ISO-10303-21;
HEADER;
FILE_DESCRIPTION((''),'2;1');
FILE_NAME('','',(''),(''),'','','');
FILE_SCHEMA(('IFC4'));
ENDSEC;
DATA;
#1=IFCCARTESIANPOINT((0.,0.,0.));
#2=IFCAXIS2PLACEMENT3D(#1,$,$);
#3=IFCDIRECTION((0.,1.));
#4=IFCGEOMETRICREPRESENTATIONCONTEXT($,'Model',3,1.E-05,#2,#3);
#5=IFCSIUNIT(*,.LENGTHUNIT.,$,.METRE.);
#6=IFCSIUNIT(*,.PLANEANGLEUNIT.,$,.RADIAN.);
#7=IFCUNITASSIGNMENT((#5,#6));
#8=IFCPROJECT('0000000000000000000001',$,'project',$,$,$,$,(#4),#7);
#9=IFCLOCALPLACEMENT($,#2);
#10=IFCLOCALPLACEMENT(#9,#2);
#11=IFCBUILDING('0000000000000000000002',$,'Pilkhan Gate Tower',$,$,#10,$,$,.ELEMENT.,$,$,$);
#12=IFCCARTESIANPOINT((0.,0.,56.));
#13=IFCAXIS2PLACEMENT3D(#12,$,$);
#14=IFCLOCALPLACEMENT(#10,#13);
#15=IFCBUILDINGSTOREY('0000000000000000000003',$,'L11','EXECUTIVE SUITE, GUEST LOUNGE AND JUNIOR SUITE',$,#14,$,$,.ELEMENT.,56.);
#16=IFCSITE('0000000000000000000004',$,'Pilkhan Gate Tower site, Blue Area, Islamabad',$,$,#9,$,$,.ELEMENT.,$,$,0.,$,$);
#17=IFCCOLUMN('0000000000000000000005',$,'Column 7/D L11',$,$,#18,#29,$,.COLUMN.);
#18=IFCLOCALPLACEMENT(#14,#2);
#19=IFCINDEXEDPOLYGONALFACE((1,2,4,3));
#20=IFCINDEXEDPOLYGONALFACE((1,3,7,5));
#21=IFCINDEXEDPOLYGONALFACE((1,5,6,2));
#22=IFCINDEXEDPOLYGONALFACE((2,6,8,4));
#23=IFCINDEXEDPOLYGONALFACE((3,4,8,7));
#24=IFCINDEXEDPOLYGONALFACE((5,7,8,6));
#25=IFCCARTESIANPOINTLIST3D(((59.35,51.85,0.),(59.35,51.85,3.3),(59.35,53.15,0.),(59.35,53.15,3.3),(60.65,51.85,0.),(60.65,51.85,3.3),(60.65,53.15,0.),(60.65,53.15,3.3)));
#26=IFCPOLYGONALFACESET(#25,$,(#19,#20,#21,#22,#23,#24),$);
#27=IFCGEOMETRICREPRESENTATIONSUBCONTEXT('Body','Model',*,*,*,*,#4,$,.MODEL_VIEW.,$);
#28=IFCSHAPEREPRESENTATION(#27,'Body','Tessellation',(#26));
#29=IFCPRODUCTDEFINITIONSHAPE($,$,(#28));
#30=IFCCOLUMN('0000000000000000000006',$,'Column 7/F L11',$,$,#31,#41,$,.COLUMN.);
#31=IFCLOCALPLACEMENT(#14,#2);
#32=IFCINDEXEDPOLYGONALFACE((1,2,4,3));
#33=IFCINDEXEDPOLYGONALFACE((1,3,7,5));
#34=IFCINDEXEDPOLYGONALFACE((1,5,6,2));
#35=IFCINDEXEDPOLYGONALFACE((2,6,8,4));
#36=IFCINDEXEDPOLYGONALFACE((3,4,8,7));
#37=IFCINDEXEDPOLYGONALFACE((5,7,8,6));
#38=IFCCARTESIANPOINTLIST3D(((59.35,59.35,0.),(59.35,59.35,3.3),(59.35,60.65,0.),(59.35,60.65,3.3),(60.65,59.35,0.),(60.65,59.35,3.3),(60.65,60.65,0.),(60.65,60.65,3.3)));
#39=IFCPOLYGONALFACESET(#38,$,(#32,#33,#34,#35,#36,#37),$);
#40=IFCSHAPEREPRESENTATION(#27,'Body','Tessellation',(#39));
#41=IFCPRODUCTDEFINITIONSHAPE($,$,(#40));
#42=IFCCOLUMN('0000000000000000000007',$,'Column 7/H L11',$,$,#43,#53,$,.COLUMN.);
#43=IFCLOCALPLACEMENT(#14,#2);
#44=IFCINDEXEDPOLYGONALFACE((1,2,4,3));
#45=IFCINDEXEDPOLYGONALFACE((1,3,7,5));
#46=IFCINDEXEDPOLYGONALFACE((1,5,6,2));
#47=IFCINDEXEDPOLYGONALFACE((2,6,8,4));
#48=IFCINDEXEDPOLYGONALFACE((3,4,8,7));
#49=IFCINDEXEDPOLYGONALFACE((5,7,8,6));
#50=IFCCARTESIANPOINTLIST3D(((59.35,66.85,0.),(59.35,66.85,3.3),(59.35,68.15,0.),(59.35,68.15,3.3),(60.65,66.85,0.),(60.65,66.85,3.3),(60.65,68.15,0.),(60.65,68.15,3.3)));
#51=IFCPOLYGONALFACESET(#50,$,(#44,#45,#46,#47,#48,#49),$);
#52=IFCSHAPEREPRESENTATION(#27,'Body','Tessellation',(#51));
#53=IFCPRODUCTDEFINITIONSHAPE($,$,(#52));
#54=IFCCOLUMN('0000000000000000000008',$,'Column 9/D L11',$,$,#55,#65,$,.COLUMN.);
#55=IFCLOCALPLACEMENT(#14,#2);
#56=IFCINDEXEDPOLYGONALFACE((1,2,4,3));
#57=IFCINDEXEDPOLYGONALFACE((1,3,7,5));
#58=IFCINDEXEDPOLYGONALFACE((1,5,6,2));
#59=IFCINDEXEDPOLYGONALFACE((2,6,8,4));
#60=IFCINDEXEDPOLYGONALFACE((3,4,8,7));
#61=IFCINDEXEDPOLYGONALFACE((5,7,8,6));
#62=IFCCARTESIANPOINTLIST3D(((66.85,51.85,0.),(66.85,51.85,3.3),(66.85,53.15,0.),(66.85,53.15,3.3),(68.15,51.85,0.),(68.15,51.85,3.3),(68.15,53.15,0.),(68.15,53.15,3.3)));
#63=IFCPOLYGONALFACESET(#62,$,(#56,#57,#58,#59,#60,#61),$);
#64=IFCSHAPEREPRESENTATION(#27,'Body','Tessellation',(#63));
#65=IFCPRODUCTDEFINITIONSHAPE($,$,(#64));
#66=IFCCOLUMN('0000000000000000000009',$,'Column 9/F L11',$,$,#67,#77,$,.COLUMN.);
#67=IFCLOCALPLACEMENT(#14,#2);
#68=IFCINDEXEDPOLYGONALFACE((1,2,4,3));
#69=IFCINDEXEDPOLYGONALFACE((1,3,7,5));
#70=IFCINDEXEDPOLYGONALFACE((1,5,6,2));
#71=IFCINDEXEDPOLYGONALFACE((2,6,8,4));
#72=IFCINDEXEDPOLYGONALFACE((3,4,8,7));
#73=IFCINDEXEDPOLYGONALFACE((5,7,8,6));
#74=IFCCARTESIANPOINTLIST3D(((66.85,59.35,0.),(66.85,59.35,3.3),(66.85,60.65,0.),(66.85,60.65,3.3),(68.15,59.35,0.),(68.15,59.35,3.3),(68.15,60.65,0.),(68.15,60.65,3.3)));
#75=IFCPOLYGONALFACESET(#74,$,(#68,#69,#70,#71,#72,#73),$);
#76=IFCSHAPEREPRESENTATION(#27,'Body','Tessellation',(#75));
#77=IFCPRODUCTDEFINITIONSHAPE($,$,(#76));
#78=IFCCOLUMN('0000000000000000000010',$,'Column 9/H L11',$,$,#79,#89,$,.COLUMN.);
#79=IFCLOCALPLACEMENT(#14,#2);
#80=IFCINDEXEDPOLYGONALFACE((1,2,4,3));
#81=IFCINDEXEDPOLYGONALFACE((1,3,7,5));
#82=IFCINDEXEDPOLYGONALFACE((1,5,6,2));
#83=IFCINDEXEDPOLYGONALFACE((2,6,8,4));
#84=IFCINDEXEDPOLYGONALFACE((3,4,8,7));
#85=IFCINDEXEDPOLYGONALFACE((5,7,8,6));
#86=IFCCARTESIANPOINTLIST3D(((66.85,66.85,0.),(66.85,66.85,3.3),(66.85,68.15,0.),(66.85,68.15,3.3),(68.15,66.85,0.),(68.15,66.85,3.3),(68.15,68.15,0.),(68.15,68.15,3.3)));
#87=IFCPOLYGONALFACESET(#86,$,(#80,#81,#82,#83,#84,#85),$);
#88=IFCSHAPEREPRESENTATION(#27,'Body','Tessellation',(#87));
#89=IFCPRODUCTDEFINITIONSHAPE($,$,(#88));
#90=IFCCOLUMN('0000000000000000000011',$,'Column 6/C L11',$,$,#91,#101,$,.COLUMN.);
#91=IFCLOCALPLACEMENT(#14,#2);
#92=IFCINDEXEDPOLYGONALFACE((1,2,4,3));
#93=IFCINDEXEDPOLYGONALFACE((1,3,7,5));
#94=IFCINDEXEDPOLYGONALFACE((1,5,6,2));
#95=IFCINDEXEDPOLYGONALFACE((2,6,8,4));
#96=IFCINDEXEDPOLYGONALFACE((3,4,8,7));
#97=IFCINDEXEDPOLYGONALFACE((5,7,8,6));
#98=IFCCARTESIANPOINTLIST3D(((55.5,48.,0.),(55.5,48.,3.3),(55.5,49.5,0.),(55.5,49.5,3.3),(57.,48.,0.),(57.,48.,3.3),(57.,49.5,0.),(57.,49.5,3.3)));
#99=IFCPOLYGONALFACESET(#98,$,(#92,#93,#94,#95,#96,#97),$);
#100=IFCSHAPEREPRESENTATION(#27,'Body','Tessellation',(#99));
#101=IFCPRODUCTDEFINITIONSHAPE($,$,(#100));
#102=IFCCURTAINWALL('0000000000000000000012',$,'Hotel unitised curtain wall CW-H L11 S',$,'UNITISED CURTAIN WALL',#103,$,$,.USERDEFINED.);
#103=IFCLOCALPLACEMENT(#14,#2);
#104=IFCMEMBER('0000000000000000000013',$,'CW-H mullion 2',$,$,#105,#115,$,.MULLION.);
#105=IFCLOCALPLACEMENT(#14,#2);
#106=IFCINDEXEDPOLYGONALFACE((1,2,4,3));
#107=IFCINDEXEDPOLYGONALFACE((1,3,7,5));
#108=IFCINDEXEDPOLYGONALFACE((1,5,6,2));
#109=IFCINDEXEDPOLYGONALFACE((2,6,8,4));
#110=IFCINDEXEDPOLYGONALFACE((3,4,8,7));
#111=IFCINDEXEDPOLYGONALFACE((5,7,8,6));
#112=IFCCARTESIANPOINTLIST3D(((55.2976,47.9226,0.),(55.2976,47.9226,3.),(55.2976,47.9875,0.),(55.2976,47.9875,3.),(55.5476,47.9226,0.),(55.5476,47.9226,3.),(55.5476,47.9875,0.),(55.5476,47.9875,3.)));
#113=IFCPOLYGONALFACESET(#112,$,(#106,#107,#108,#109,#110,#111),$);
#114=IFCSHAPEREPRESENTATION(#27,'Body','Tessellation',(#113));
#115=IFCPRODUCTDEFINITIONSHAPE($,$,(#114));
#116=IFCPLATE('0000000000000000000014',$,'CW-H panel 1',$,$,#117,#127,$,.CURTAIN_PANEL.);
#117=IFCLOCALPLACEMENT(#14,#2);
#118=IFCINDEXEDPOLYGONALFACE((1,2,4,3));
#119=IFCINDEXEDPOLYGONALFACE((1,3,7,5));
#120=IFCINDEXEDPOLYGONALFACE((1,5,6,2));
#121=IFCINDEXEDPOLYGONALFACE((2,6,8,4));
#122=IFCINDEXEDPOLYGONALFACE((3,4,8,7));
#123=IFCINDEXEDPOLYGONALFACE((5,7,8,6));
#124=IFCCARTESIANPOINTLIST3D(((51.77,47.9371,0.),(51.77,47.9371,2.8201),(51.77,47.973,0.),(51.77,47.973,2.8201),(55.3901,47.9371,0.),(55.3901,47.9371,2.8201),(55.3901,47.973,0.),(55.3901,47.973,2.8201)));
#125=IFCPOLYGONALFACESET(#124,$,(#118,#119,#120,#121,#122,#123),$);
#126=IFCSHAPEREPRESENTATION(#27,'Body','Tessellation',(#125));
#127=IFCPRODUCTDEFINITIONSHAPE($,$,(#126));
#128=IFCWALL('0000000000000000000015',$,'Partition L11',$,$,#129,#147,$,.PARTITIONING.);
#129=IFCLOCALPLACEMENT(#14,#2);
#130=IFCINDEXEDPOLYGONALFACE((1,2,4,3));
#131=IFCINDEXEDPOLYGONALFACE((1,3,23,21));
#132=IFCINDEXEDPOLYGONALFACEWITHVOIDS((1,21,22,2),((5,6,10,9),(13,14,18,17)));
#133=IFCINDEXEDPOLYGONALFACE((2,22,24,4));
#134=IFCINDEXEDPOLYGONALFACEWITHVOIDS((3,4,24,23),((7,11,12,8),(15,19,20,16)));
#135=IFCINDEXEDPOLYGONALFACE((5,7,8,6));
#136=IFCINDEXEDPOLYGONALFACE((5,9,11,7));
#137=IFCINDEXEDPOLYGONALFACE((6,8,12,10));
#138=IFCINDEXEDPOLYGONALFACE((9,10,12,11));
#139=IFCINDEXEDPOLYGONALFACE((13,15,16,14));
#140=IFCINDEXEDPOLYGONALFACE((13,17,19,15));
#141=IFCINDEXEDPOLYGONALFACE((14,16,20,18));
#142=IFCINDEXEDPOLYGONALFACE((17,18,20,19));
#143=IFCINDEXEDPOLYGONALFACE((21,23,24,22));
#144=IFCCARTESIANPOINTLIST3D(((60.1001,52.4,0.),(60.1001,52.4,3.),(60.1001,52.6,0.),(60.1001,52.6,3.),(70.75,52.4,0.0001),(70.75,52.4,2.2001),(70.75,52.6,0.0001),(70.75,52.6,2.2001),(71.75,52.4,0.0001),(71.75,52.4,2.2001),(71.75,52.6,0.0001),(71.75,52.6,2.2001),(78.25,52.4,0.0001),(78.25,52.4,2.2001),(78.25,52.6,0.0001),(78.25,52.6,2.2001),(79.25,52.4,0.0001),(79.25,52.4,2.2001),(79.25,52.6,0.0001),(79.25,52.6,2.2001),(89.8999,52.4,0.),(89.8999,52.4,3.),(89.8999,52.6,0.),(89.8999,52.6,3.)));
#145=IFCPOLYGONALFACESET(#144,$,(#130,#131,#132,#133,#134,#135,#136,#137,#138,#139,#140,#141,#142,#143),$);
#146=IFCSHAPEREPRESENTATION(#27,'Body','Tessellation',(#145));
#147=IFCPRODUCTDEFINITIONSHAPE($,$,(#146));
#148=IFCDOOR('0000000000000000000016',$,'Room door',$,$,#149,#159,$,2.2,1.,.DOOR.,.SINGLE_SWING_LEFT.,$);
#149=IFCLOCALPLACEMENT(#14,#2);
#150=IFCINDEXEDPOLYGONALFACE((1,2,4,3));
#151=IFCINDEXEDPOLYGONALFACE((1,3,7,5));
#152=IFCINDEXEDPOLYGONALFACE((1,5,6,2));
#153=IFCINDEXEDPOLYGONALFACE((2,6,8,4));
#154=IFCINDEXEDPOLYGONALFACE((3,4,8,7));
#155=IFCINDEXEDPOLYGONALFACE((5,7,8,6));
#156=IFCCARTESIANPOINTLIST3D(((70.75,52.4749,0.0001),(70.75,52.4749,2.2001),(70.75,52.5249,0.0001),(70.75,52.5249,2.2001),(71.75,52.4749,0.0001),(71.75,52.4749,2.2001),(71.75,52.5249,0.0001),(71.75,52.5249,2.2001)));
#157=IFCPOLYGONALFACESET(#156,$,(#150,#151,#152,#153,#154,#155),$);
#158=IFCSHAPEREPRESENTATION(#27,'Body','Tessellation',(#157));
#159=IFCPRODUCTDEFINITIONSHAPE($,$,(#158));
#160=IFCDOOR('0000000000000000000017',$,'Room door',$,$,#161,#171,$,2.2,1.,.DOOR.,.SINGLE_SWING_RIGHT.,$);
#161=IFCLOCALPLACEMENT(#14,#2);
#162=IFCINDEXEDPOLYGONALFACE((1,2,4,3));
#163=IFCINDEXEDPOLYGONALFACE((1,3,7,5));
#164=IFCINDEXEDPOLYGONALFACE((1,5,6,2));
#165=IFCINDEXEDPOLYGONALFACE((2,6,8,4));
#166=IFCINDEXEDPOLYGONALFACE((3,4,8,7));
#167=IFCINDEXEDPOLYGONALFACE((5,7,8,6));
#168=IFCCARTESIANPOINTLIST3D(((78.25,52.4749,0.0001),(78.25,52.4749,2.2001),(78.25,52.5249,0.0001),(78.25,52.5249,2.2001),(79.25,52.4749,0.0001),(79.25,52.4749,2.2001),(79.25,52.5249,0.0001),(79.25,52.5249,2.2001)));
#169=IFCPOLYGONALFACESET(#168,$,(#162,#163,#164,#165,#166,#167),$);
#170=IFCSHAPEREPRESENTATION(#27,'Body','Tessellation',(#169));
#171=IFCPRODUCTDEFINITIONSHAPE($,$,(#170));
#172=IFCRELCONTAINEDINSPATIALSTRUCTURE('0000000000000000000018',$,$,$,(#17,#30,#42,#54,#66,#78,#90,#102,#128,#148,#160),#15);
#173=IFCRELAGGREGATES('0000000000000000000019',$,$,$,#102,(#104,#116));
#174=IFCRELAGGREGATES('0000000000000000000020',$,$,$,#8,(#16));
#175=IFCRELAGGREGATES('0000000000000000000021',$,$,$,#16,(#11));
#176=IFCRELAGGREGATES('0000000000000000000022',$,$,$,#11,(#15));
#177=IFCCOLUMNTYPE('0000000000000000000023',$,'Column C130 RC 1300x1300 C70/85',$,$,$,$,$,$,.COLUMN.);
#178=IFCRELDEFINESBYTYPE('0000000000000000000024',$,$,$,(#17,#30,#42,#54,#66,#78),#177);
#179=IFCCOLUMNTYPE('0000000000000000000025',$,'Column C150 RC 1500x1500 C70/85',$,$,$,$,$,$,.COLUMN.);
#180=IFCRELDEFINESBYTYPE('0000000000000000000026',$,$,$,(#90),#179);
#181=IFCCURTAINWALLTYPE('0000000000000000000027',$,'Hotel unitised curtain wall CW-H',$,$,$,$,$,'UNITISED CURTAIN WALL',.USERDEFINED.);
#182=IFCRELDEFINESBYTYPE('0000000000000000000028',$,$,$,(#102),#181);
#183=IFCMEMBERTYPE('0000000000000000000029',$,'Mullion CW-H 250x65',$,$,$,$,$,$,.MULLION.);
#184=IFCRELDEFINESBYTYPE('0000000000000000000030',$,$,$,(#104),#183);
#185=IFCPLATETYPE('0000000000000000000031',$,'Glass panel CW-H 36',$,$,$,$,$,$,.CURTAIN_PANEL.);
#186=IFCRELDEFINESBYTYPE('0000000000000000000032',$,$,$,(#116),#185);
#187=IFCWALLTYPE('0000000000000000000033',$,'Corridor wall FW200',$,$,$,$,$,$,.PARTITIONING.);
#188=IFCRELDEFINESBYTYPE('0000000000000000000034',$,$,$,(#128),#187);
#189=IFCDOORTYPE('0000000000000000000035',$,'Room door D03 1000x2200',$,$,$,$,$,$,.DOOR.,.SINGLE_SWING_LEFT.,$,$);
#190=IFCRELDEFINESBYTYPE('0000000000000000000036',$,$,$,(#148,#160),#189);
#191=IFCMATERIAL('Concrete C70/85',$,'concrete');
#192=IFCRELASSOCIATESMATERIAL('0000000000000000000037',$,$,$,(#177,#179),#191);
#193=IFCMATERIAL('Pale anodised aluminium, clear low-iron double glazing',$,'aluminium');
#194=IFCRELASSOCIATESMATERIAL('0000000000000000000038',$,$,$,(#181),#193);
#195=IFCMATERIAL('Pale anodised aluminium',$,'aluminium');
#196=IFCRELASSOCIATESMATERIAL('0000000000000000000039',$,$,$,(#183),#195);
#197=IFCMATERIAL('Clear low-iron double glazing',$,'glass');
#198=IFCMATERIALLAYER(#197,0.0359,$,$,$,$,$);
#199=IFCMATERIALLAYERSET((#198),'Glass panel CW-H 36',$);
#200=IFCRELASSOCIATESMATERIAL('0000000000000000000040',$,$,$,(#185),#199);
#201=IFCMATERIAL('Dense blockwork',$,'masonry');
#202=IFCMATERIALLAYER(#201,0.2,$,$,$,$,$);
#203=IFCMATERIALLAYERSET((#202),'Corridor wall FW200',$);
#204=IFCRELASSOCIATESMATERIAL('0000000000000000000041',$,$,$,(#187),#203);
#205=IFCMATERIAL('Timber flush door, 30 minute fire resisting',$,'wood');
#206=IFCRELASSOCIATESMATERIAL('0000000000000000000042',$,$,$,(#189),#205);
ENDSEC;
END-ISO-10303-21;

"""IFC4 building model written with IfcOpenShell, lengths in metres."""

from ifc_helpers import new_model, si_unit, direction, frame, frame_2d, origin, origin_2d, place, context, subcontext, project, spatial, rectangle, extrude, material, layer, layer_set, material_profile, profile_set, type_object, element, fill, aggregate, save


model = new_model("IFC4")

# Units and contexts
model_context = context("Model", 3, precision=1e-05, world=origin(), true_north=direction((0.0, 1.0)))
body_context = subcontext(model_context, "Body", "Model", "MODEL_VIEW")
ifc_project = project(units=[si_unit("LENGTHUNIT", "METRE"), si_unit("PLANEANGLEUNIT", "RADIAN")], contexts=[model_context])

# Site, building, storey
site_placement = place(None, origin())
site = spatial("IfcSite", under=ifc_project, at=site_placement, Name="Pilkhan Gate Tower site, Blue Area, Islamabad", CompositionType="ELEMENT", RefElevation=0.0)
building_placement = place(site_placement, origin())
building = spatial("IfcBuilding", under=site, at=building_placement, Name="Pilkhan Gate Tower", CompositionType="ELEMENT")
storey_placement = place(building_placement, frame((0.0, 0.0, 56.0)))
storey = spatial("IfcBuildingStorey", under=building, at=storey_placement, Name="L11", Description="EXECUTIVE SUITE, GUEST LOUNGE AND JUNIOR SUITE", CompositionType="ELEMENT", Elevation=56.0)

# Columns
ifc_material_1 = material(Name="Concrete C70/85", Category="concrete")
ifc_material_profile_1 = material_profile(ifc_material_1, rectangle(XDim=1.3, YDim=1.3, at=origin_2d()), Name="RC 1300x1300")
ifc_profile_set_1 = profile_set([ifc_material_profile_1], Name="Concrete C70/85")
column_type_1 = type_object("IfcColumnType", Name="Column C130 RC 1300x1300 C70/85", PredefinedType="COLUMN", material=ifc_profile_set_1)
for number, where, z_axis, x_axis, name in (
    (1, (60.0, 52.5, 0.0), (0.0, 0.0, 1.0), (1.0, 0.0, 0.0), "Column 7/D L11"),
    (2, (60.0, 60.0, 0.0), (0.0, 0.0, 1.0), (1.0, 0.0, 0.0), "Column 7/F L11"),
    (3, (60.0, 67.5, 0.0), (0.0, 0.0, 1.0), (1.0, 0.0, 0.0), "Column 7/H L11"),
    (4, (67.5, 52.5, 0.0), (0.0, 0.0, 1.0), (1.0, 0.0, 0.0), "Column 9/D L11"),
    (5, (67.5, 60.0, 0.0), (0.0, 0.0, 1.0), (1.0, 0.0, 0.0), "Column 9/F L11"),
    (6, (67.5, 67.5, 0.0), (0.0, 0.0, 1.0), (1.0, 0.0, 0.0), "Column 9/H L11"),
):
    element("IfcColumn", number, at=place(storey_placement, frame(where, z_axis=z_axis, x_axis=x_axis)), inside=storey, type_object=column_type_1, Name=name, PredefinedType="COLUMN", context=body_context, shape_type="SweptSolid", body=[
        extrude(rectangle(XDim=1.3, YDim=1.3, at=origin_2d()), origin(), (0.0, 0.0, 1.0), 3.3),
    ])
ifc_material_profile_2 = material_profile(ifc_material_1, rectangle(XDim=1.5, YDim=1.5, at=origin_2d()), Name="RC 1500x1500")
ifc_profile_set_2 = profile_set([ifc_material_profile_2], Name="Concrete C70/85")
column_type_2 = type_object("IfcColumnType", Name="Column C150 RC 1500x1500 C70/85", PredefinedType="COLUMN", material=ifc_profile_set_2)
column_placement = place(storey_placement, frame((56.25, 48.75, 0.0), z_axis=(0.0, 0.0, 1.0), x_axis=(1.0, 0.0, 0.0)))
element("IfcColumn", 7, at=column_placement, inside=storey, type_object=column_type_2, Name="Column 6/C L11", PredefinedType="COLUMN", context=body_context, shape_type="SweptSolid", body=[
    extrude(rectangle(XDim=1.5, YDim=1.5, at=origin_2d()), origin(), (0.0, 0.0, 1.0), 3.3),
])

# Curtain wall, member, plate
ifc_material_2 = material(Name="Pale anodised aluminium, clear low-iron double glazing", Category="aluminium")
curtain_wall_type = type_object("IfcCurtainWallType", Name="Hotel unitised curtain wall CW-H", ElementType="UNITISED CURTAIN WALL", PredefinedType="USERDEFINED", material=ifc_material_2)
curtain_wall_placement = place(storey_placement, origin())
curtain_wall = element("IfcCurtainWall", 8, at=curtain_wall_placement, inside=storey, type_object=curtain_wall_type, Name="Hotel unitised curtain wall CW-H L11 S", ObjectType="UNITISED CURTAIN WALL", PredefinedType="USERDEFINED")
ifc_material_3 = material(Name="Pale anodised aluminium", Category="aluminium")
ifc_material_profile_3 = material_profile(ifc_material_3, rectangle(XDim=0.0649, YDim=0.25, at=origin_2d()), Name="Mullion 250x65")
ifc_profile_set_3 = profile_set([ifc_material_profile_3], Name="Pale anodised aluminium")
member_type = type_object("IfcMemberType", Name="Mullion CW-H 250x65", PredefinedType="MULLION", material=ifc_profile_set_3)
member_placement = place(storey_placement, frame((55.4226, 47.9551, 0.0), z_axis=(0.0, 0.0, 1.0), x_axis=(0.0, 1.0, 0.0)))
member = element("IfcMember", 9, at=member_placement, type_object=member_type, Name="CW-H mullion 2", PredefinedType="MULLION", context=body_context, shape_type="SweptSolid", body=[
    extrude(rectangle(XDim=0.0649, YDim=0.25, at=origin_2d()), origin(), (0.0, 0.0, 1.0), 3.0),
])
ifc_material_4 = material(Name="Clear low-iron double glazing", Category="glass")
ifc_layer_1 = layer(ifc_material_4, 0.0359)
ifc_layer_set_1 = layer_set([ifc_layer_1], Name="Glass panel CW-H 36")
plate_type = type_object("IfcPlateType", Name="Glass panel CW-H 36", PredefinedType="CURTAIN_PANEL", material=ifc_layer_set_1)
plate_placement = place(storey_placement, frame((53.5801, 47.9551, 0.0), z_axis=(0.0, 0.0, 1.0), x_axis=(1.0, 0.0, 0.0)))
plate = element("IfcPlate", 10, at=plate_placement, type_object=plate_type, Name="CW-H panel 1", PredefinedType="CURTAIN_PANEL", context=body_context, shape_type="SweptSolid", body=[
    extrude(rectangle(XDim=3.6201, YDim=0.0359, at=origin_2d()), origin(), (0.0, 0.0, 1.0), 2.8201),
])
aggregate(curtain_wall, [member, plate])

# Wall, openings, doors
ifc_material_5 = material(Name="Dense blockwork", Category="masonry")
ifc_layer_2 = layer(ifc_material_5, 0.2)
ifc_layer_set_2 = layer_set([ifc_layer_2], Name="Corridor wall FW200")
wall_type_1 = type_object("IfcWallType", Name="Corridor wall FW200", PredefinedType="PARTITIONING", material=ifc_layer_set_2)
wall_1_placement = place(storey_placement, frame((60.1001, 52.5, 0.0), z_axis=(0.0, 0.0, 1.0), x_axis=(1.0, 0.0, 0.0)))
wall_1 = element("IfcWall", 11, at=wall_1_placement, inside=storey, type_object=wall_type_1, Name="Partition L11", PredefinedType="PARTITIONING", context=body_context, shape_type="SweptSolid", body=[
    extrude(rectangle(XDim=29.7998, YDim=0.2, at=frame_2d((14.8999, 0.0))), origin(), (0.0, 0.0, 1.0), 3.0),
])
opening_1_placement = place(wall_1_placement, frame((10.6499, 0.0, 0.0)))
opening_1 = element("IfcOpeningElement", 12, at=opening_1_placement, cuts=wall_1, PredefinedType="OPENING", context=body_context, shape_type="SweptSolid", body=[
    extrude(rectangle(XDim=1.0, YDim=2.2, at=frame_2d((0.5, 1.1001))), frame((0.0, 0.1099, 0.0), z_axis=(0.0, -1.0, 0.0), x_axis=(1.0, 0.0, 0.0)), (0.0, 0.0, 1.0), 0.22),
])
opening_2_placement = place(wall_1_placement, frame((18.1499, 0.0, 0.0)))
opening_2 = element("IfcOpeningElement", 13, at=opening_2_placement, cuts=wall_1, PredefinedType="OPENING", context=body_context, shape_type="SweptSolid", body=[
    extrude(rectangle(XDim=1.0, YDim=2.2, at=frame_2d((0.5, 1.1001))), frame((0.0, 0.1099, 0.0), z_axis=(0.0, -1.0, 0.0), x_axis=(1.0, 0.0, 0.0)), (0.0, 0.0, 1.0), 0.22),
])
ifc_material_6 = material(Name="Timber flush door, 30 minute fire resisting", Category="wood")
door_type_1 = type_object("IfcDoorType", Name="Room door D03 1000x2200", OperationType="SINGLE_SWING_LEFT", PredefinedType="DOOR", material=ifc_material_6)
door_1_placement = place(opening_1_placement, origin())
door_1 = element("IfcDoor", 14, at=door_1_placement, inside=storey, type_object=door_type_1, Name="Room door", OperationType="SINGLE_SWING_LEFT", OverallHeight=2.2, OverallWidth=1.0, PredefinedType="DOOR", context=body_context, shape_type="SweptSolid", body=[
    extrude(rectangle(XDim=1.0, YDim=2.2, at=frame_2d((0.5, 1.1001))), frame((0.0, 0.0249, 0.0), z_axis=(0.0, -1.0, 0.0), x_axis=(1.0, 0.0, 0.0)), (0.0, 0.0, 1.0), 0.05),
])
fill(opening_1, door_1)
door_2_placement = place(opening_2_placement, origin())
door_2 = element("IfcDoor", 15, at=door_2_placement, inside=storey, type_object=door_type_1, Name="Room door", OperationType="SINGLE_SWING_RIGHT", OverallHeight=2.2, OverallWidth=1.0, PredefinedType="DOOR", context=body_context, shape_type="SweptSolid", body=[
    extrude(rectangle(XDim=1.0, YDim=2.2, at=frame_2d((0.5, 1.1001))), frame((0.0, 0.0249, 0.0), z_axis=(0.0, -1.0, 0.0), x_axis=(1.0, 0.0, 0.0)), (0.0, 0.0, 1.0), 0.05),
])
fill(opening_2, door_2)

save(model, "model.ifc")
